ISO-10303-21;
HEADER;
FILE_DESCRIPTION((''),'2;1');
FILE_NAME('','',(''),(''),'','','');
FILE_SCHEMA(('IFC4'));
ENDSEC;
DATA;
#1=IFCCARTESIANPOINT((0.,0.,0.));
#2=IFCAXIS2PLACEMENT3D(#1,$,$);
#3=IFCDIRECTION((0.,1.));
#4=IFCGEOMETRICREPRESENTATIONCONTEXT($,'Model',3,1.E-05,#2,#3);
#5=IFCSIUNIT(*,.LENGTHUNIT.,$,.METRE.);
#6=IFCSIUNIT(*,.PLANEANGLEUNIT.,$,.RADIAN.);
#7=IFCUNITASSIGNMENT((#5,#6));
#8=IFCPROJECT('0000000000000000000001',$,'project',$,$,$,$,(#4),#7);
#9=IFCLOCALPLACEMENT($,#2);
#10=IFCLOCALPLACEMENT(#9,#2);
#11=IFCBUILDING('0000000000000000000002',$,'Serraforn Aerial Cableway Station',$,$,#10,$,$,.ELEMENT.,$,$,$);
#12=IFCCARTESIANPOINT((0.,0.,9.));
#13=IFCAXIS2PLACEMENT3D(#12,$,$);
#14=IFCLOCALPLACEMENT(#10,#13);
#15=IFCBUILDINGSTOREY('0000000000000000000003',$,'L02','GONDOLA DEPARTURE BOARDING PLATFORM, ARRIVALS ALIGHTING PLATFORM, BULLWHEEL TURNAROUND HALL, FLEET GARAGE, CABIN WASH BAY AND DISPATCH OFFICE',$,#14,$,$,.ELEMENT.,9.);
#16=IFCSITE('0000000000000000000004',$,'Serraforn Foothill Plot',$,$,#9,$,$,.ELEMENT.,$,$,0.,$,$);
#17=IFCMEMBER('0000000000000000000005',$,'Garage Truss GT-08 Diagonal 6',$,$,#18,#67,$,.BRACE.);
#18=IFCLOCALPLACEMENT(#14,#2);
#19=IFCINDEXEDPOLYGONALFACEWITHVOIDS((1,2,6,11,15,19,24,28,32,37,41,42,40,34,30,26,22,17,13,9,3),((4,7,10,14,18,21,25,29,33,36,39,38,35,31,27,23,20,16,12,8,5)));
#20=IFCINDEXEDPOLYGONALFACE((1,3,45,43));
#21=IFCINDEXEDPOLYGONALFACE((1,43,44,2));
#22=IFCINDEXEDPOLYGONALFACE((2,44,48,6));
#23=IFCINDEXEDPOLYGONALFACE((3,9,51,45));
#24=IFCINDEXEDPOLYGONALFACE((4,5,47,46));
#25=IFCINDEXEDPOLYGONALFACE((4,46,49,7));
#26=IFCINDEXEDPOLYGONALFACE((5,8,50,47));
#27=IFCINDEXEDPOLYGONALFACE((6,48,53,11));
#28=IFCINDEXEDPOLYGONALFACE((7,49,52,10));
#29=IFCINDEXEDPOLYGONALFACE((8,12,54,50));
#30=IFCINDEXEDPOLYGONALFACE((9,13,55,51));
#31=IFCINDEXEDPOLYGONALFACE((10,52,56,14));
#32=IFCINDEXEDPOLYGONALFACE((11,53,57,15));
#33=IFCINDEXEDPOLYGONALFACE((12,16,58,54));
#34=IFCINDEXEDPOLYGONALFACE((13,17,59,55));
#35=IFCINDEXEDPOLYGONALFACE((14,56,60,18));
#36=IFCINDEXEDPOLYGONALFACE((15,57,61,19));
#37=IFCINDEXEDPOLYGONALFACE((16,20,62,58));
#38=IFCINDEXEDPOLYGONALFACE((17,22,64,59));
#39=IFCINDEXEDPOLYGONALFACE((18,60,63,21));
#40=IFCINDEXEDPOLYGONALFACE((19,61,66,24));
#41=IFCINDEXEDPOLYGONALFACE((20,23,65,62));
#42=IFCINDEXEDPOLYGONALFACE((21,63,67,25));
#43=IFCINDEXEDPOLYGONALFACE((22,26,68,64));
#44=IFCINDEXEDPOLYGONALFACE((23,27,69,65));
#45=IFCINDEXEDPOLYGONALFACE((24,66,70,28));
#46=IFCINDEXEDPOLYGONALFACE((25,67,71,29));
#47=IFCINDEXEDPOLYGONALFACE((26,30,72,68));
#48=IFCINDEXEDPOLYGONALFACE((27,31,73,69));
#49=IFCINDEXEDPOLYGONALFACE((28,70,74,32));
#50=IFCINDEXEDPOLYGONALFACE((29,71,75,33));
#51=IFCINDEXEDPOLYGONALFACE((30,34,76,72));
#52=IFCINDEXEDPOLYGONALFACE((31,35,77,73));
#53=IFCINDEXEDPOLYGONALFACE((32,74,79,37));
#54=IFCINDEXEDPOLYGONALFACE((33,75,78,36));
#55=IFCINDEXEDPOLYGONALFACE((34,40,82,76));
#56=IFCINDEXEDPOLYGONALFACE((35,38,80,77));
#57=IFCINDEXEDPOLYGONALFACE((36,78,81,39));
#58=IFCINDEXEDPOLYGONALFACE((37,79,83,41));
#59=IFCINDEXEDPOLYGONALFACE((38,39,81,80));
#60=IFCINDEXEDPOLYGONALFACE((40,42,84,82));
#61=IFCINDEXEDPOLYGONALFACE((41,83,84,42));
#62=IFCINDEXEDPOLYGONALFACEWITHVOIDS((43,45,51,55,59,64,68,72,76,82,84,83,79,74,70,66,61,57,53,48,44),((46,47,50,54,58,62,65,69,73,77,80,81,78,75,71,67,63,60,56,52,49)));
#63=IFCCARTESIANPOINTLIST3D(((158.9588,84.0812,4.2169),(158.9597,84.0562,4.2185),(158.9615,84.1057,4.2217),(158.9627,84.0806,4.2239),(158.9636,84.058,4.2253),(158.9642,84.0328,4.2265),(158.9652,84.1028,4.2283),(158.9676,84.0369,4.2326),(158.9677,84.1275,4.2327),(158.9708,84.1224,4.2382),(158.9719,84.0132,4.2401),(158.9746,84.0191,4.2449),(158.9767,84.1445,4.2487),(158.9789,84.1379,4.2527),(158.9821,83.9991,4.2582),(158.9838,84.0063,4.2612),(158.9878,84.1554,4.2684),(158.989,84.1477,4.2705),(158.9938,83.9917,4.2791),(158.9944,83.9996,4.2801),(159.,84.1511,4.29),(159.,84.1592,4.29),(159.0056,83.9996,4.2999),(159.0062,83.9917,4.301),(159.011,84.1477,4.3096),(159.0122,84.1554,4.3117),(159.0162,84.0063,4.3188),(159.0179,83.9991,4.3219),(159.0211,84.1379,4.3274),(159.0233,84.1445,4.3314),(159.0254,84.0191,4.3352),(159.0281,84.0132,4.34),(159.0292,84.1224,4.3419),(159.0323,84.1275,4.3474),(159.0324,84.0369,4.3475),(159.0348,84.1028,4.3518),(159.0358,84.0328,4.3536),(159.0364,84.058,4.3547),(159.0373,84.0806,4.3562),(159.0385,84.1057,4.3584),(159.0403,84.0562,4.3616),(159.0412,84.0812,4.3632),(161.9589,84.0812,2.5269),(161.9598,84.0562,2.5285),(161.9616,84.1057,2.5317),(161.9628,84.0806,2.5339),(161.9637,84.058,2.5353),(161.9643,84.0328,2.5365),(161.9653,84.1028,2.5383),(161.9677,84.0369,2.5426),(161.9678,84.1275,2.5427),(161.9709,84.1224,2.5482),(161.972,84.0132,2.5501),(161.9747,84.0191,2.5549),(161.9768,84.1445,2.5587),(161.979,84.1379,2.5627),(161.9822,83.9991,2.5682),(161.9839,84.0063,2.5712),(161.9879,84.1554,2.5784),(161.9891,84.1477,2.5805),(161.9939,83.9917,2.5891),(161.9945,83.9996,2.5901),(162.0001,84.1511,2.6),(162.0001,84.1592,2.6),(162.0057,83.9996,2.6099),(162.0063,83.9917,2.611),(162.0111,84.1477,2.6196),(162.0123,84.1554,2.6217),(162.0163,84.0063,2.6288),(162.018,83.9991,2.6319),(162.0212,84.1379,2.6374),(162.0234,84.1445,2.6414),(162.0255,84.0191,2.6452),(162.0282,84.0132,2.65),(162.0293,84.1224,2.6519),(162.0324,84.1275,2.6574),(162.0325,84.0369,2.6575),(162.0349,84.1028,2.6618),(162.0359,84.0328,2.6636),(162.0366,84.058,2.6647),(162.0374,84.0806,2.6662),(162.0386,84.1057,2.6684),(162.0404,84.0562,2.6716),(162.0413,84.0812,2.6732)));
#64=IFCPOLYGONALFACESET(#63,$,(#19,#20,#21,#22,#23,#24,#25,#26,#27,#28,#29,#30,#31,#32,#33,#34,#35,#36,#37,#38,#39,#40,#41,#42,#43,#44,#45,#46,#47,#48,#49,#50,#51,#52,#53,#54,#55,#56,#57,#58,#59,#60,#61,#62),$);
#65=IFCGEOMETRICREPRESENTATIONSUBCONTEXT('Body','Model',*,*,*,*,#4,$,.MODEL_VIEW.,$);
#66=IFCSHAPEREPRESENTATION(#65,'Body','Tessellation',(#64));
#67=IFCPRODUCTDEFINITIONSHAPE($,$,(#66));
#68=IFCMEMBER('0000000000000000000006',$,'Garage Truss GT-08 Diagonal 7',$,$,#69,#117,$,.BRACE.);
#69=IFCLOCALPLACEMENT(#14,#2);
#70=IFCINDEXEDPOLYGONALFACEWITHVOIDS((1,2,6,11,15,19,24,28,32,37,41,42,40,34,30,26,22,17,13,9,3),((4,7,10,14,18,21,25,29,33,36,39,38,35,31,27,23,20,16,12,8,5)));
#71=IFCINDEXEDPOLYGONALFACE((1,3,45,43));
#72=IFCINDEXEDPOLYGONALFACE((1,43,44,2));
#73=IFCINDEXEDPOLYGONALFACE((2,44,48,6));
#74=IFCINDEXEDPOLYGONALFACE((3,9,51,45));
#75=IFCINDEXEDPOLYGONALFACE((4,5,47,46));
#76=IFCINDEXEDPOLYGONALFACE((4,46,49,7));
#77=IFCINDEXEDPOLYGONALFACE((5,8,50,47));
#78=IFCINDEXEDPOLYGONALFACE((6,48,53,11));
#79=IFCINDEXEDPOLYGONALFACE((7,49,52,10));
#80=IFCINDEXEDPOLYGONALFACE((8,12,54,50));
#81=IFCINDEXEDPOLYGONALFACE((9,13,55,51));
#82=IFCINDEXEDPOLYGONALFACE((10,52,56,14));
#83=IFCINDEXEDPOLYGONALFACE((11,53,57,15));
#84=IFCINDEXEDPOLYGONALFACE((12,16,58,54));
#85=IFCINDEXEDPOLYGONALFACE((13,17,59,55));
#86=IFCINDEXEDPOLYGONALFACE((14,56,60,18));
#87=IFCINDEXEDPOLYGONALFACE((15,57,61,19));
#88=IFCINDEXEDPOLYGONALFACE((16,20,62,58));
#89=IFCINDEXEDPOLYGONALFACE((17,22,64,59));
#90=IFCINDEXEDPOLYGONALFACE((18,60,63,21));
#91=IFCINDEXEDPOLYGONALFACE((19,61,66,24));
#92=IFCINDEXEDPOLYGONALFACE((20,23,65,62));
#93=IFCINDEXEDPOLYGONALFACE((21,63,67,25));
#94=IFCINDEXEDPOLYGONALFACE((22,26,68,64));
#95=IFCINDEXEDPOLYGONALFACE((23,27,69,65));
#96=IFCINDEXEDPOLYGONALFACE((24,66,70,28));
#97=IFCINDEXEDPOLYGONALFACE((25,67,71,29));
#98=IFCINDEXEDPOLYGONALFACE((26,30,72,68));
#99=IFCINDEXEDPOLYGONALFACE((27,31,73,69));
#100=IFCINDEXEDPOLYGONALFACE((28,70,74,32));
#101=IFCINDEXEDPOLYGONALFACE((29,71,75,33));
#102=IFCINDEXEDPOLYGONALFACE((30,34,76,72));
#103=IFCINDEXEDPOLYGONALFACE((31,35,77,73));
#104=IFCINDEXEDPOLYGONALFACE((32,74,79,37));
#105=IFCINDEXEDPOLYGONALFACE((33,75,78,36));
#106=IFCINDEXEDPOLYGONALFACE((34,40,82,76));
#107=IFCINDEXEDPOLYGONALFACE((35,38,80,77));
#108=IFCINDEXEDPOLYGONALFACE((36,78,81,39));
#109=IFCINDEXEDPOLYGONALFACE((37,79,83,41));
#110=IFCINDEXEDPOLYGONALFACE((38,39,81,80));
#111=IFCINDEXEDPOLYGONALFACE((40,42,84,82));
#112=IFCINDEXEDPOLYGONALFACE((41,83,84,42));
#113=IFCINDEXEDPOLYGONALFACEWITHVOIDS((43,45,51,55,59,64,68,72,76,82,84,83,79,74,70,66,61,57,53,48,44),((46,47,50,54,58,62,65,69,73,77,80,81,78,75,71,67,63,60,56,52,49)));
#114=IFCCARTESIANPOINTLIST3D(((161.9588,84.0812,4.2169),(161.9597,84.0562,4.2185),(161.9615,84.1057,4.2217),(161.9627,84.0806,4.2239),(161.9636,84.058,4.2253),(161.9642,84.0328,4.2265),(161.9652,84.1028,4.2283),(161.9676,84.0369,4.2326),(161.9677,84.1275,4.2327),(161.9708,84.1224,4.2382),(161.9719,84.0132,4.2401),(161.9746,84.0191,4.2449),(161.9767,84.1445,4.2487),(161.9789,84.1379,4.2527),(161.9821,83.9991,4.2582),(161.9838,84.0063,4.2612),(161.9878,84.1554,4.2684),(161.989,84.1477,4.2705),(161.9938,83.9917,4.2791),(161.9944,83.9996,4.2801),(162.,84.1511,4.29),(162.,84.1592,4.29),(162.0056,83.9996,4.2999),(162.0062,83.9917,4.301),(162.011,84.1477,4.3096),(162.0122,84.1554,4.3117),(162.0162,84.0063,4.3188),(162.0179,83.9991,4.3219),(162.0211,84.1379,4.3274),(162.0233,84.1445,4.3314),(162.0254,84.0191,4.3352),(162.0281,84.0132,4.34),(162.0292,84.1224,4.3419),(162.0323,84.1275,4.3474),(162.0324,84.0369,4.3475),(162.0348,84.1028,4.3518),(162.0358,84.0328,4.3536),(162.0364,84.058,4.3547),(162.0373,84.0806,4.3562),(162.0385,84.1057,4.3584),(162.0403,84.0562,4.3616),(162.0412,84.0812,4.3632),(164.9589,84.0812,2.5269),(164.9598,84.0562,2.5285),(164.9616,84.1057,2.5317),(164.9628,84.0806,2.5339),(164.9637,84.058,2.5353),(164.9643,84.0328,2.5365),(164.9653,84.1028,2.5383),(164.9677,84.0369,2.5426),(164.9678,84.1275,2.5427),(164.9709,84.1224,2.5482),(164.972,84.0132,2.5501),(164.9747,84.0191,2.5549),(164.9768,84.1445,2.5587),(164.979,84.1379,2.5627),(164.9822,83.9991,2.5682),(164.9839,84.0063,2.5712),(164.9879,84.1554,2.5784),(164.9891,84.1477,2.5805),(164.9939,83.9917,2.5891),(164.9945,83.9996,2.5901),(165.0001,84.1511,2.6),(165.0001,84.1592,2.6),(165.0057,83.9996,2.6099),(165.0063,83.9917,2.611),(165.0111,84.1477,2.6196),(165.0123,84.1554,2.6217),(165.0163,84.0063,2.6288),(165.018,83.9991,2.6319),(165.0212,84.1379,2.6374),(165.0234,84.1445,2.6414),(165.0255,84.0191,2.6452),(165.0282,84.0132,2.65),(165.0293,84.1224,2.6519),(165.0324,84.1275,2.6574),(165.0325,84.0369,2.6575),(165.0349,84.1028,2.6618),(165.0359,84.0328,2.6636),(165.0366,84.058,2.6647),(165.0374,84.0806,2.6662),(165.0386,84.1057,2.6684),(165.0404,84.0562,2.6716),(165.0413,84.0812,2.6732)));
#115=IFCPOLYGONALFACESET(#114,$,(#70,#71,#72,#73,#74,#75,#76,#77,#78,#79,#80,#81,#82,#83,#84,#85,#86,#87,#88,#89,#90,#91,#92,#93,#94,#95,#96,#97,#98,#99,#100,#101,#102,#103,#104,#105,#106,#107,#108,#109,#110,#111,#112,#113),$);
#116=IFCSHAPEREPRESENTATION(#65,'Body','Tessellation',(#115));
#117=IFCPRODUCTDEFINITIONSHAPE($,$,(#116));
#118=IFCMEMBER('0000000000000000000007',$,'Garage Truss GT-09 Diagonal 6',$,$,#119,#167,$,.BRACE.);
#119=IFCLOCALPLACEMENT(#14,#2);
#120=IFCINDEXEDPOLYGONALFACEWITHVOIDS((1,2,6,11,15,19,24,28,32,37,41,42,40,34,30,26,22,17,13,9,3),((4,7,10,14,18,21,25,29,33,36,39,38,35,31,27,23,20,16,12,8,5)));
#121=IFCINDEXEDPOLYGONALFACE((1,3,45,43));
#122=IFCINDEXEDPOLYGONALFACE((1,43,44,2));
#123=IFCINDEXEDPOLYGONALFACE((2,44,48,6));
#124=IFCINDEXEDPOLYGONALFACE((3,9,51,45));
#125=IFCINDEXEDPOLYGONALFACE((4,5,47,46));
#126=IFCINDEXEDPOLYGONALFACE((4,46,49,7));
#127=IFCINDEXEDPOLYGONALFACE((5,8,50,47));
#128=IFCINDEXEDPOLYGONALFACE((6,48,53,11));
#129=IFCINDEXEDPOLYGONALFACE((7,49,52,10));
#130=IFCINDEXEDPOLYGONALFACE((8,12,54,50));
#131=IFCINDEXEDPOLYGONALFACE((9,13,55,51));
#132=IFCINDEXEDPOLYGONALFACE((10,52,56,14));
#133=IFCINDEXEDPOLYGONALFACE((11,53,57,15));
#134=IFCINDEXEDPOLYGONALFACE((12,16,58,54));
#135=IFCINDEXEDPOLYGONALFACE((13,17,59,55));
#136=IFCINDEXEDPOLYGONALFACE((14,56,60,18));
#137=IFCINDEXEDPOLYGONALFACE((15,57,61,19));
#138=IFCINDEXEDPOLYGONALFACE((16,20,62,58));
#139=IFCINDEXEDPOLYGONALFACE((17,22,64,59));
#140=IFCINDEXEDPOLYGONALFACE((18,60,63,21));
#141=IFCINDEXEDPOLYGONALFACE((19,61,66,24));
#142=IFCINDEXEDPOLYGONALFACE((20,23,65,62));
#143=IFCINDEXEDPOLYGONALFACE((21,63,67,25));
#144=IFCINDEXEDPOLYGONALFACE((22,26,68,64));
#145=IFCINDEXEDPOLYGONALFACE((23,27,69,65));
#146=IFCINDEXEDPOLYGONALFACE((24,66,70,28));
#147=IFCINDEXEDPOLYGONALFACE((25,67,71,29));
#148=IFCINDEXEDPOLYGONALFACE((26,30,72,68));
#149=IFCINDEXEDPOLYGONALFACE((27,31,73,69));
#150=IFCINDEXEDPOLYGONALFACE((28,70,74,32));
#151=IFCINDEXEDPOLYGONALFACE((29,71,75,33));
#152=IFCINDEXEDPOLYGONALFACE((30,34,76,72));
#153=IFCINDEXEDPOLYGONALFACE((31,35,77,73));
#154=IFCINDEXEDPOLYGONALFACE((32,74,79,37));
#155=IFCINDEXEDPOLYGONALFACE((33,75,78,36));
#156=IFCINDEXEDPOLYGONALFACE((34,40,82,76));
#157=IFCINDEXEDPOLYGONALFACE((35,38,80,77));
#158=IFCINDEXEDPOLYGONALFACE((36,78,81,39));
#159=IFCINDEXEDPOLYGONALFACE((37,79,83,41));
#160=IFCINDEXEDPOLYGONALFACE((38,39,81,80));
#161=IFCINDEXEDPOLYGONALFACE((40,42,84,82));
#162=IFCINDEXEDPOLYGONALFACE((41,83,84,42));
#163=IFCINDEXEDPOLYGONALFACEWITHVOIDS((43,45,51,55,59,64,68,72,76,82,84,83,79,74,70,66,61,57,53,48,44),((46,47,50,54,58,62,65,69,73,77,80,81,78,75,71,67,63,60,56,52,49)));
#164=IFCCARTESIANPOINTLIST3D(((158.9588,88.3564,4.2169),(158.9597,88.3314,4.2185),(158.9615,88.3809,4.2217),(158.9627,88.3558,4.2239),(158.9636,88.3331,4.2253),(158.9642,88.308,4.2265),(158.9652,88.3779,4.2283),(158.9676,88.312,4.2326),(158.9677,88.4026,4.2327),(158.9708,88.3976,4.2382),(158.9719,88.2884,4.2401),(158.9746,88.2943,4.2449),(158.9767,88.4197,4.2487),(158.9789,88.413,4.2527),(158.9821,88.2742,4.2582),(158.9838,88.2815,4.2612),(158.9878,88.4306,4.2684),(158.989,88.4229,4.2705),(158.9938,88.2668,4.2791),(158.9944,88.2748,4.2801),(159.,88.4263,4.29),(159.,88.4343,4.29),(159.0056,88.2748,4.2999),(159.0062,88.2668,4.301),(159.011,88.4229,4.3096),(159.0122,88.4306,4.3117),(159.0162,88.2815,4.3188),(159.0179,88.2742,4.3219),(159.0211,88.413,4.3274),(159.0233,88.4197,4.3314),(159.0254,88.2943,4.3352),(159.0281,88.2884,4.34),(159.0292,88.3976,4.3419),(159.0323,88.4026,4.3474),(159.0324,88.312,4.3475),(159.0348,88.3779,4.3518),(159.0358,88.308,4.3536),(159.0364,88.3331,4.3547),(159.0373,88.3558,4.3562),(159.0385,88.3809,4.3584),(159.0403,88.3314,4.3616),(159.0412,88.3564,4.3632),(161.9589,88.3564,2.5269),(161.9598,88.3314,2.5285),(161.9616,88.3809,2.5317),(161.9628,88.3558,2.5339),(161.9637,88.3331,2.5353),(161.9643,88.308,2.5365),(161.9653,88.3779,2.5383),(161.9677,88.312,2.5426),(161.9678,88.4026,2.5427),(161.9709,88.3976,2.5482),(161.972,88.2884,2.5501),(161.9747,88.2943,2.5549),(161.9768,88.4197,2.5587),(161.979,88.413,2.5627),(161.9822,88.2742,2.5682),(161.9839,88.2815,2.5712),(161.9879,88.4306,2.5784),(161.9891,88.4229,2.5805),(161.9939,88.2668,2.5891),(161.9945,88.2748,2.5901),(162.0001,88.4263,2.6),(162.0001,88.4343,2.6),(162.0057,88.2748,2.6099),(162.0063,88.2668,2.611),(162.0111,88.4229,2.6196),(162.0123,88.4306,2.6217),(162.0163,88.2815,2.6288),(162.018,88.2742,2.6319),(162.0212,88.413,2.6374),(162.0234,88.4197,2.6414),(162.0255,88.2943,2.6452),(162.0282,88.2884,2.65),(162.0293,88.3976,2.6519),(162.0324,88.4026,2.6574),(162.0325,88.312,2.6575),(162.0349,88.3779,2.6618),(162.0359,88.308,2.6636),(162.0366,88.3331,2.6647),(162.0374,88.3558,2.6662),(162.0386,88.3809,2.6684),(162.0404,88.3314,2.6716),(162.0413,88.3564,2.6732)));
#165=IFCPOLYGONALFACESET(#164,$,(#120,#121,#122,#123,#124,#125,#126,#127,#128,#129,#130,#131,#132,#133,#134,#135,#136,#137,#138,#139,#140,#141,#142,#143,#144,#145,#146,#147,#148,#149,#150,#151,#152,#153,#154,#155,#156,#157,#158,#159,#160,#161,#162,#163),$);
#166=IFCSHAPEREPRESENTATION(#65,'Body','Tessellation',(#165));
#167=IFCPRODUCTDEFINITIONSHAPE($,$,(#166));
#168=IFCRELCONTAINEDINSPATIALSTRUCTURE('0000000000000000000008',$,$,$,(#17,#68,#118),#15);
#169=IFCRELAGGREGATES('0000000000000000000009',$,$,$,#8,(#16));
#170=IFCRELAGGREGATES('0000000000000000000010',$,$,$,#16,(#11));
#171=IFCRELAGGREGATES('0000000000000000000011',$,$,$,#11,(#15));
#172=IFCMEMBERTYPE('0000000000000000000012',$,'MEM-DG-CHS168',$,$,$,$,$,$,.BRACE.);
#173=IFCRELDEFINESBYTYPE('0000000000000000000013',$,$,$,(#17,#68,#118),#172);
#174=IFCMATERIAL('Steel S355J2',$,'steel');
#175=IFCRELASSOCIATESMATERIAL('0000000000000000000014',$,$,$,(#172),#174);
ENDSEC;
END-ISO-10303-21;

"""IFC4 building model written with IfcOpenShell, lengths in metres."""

from ifc_helpers import new_model, si_unit, direction, frame, origin, origin_2d, place, context, subcontext, project, spatial, hollow_circle, extrude, material, material_profile, profile_set, type_object, element, save


model = new_model("IFC4")

# Units and contexts
model_context = context("Model", 3, precision=1e-05, world=origin(), true_north=direction((0.0, 1.0)))
body_context = subcontext(model_context, "Body", "Model", "MODEL_VIEW")
ifc_project = project(units=[si_unit("LENGTHUNIT", "METRE"), si_unit("PLANEANGLEUNIT", "RADIAN")], contexts=[model_context])

# Site, building, storey
site_placement = place(None, origin())
site = spatial("IfcSite", under=ifc_project, at=site_placement, Name="Serraforn Foothill Plot", CompositionType="ELEMENT", RefElevation=0.0)
building_placement = place(site_placement, origin())
building = spatial("IfcBuilding", under=site, at=building_placement, Name="Serraforn Aerial Cableway Station", CompositionType="ELEMENT")
storey_placement = place(building_placement, frame((0.0, 0.0, 9.0)))
storey = spatial("IfcBuildingStorey", under=building, at=storey_placement, Name="L02", Description="GONDOLA DEPARTURE BOARDING PLATFORM, ARRIVALS ALIGHTING PLATFORM, BULLWHEEL TURNAROUND HALL, FLEET GARAGE, CABIN WASH BAY AND DISPATCH OFFICE", CompositionType="ELEMENT", Elevation=9.0)

# Members
ifc_material_1 = material(Name="Steel S355J2", Category="steel")
ifc_material_profile_1 = material_profile(ifc_material_1, hollow_circle(Radius=0.0842, WallThickness=0.0081, at=origin_2d()), Name="CHS 168.3x8.0")
ifc_profile_set_1 = profile_set([ifc_material_profile_1], Name="Steel S355J2")
member_type_1 = type_object("IfcMemberType", Name="MEM-DG-CHS168", PredefinedType="BRACE", material=ifc_profile_set_1)
for number, where, z_axis, x_axis, name in (
    (1, (159.0, 84.075, 4.29), (0.871272, 0.0, -0.4908), (0.0, 1.0, 0.0), "Garage Truss GT-08 Diagonal 6"),
    (2, (162.0, 84.075, 4.29), (0.871272, 0.0, -0.4908), (0.0, 1.0, 0.0), "Garage Truss GT-08 Diagonal 7"),
    (3, (159.0, 88.3501, 4.29), (0.871272, 0.0, -0.4908), (0.0, 1.0, 0.0), "Garage Truss GT-09 Diagonal 6"),
):
    element("IfcMember", number, at=place(storey_placement, frame(where, z_axis=z_axis, x_axis=x_axis)), inside=storey, type_object=member_type_1, Name=name, PredefinedType="BRACE", context=body_context, shape_type="SweptSolid", body=[
        extrude(hollow_circle(Radius=0.0842, WallThickness=0.0081, at=origin_2d()), origin(), (0.0, 0.0, 1.0), 3.4434),
    ])

save(model, "model.ifc")
